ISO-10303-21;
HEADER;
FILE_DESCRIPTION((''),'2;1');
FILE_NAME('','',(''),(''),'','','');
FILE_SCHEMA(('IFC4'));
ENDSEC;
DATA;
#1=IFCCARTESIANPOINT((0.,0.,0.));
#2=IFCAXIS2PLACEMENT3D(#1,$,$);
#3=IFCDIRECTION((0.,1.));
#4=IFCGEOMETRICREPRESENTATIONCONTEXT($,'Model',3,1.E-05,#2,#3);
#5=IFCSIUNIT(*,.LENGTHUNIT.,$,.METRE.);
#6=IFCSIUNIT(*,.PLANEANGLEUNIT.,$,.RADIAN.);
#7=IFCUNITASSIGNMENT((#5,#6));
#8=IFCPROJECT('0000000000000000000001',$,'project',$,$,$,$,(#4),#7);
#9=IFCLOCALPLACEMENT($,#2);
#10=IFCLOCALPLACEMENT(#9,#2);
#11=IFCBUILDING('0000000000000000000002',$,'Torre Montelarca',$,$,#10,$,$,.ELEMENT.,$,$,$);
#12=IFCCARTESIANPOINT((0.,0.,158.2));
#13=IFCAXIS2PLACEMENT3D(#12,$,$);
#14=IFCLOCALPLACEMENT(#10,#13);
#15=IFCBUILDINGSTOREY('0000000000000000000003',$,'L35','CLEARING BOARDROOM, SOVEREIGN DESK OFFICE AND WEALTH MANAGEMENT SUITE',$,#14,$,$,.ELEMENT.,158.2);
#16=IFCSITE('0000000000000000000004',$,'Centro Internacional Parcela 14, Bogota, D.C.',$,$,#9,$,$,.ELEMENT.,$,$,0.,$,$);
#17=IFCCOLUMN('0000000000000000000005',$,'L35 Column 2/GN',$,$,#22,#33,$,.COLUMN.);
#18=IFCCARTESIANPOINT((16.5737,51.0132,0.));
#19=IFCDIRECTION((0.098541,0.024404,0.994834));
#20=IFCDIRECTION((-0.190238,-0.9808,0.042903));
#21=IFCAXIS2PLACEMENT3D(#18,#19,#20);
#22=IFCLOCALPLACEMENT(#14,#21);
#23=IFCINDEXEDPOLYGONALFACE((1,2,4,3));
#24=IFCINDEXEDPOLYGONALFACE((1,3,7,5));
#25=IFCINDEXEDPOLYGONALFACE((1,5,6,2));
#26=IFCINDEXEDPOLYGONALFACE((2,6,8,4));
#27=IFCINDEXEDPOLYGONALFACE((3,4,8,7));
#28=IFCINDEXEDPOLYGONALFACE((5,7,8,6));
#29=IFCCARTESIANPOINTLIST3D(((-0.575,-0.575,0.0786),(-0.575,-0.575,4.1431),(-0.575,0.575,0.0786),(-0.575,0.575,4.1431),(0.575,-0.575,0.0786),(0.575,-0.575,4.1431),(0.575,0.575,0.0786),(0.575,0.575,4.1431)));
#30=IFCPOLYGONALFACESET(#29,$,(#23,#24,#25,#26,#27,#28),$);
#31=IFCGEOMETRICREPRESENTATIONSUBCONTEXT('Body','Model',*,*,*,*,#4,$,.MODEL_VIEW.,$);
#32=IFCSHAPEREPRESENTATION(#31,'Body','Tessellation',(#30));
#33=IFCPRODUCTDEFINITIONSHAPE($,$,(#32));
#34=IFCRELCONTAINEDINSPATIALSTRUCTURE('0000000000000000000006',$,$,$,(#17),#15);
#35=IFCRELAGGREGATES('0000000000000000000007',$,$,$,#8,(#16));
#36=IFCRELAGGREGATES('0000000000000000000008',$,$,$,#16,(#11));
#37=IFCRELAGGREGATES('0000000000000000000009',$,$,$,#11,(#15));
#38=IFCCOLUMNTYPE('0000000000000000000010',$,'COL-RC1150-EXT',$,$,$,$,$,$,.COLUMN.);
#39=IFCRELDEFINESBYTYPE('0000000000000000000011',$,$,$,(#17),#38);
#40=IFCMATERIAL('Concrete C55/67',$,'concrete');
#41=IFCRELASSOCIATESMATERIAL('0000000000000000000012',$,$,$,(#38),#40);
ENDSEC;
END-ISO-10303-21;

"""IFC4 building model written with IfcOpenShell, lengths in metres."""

from ifc_helpers import new_model, si_unit, direction, frame, origin, origin_2d, place, context, subcontext, project, spatial, rectangle, extrude, clip, halfspace, material, material_profile, profile_set, type_object, element, save


model = new_model("IFC4")

# Units and contexts
model_context = context("Model", 3, precision=1e-05, world=origin(), true_north=direction((0.0, 1.0)))
body_context = subcontext(model_context, "Body", "Model", "MODEL_VIEW")
ifc_project = project(units=[si_unit("LENGTHUNIT", "METRE"), si_unit("PLANEANGLEUNIT", "RADIAN")], contexts=[model_context])

# Site, building, storey
site_placement = place(None, origin())
site = spatial("IfcSite", under=ifc_project, at=site_placement, Name="Centro Internacional Parcela 14, Bogota, D.C.", CompositionType="ELEMENT", RefElevation=0.0)
building_placement = place(site_placement, origin())
building = spatial("IfcBuilding", under=site, at=building_placement, Name="Torre Montelarca", CompositionType="ELEMENT")
storey_placement = place(building_placement, frame((0.0, 0.0, 158.2)))
storey = spatial("IfcBuildingStorey", under=building, at=storey_placement, Name="L35", Description="CLEARING BOARDROOM, SOVEREIGN DESK OFFICE AND WEALTH MANAGEMENT SUITE", CompositionType="ELEMENT", Elevation=158.2)

# Column
ifc_material_1 = material(Name="Concrete C55/67", Category="concrete")
ifc_material_profile_1 = material_profile(ifc_material_1, rectangle(XDim=1.1499, YDim=1.1499, at=origin_2d()), Name="RC1150X1150", Category="concrete")
ifc_profile_set_1 = profile_set([ifc_material_profile_1], Name="Concrete C55/67")
column_type = type_object("IfcColumnType", Name="COL-RC1150-EXT", PredefinedType="COLUMN", material=ifc_profile_set_1)
column_placement = place(storey_placement, frame((16.5737, 51.0132, 0.0), z_axis=(0.098541, 0.024404, 0.994834), x_axis=(-0.190238, -0.9808, 0.042903)))
element("IfcColumn", 1, at=column_placement, inside=storey, type_object=column_type, Name="L35 Column 2/GN", PredefinedType="COLUMN", context=body_context, shape_type="Clipping", body=[
    clip(clip(extrude(rectangle(XDim=1.1499, YDim=1.1499, at=origin_2d()), origin(), (0.0, 0.0, 1.0), 4.2217), halfspace(frame((0.0, 0.0, 0.0786), z_axis=(0.0, 0.0, -1.0), x_axis=(1.0, 0.0, 0.0)), False)), halfspace(frame((0.0, 0.0, 4.1431), z_axis=(0.0, 0.0, 1.0), x_axis=(1.0, 0.0, 0.0)), False)),
])

save(model, "model.ifc")
